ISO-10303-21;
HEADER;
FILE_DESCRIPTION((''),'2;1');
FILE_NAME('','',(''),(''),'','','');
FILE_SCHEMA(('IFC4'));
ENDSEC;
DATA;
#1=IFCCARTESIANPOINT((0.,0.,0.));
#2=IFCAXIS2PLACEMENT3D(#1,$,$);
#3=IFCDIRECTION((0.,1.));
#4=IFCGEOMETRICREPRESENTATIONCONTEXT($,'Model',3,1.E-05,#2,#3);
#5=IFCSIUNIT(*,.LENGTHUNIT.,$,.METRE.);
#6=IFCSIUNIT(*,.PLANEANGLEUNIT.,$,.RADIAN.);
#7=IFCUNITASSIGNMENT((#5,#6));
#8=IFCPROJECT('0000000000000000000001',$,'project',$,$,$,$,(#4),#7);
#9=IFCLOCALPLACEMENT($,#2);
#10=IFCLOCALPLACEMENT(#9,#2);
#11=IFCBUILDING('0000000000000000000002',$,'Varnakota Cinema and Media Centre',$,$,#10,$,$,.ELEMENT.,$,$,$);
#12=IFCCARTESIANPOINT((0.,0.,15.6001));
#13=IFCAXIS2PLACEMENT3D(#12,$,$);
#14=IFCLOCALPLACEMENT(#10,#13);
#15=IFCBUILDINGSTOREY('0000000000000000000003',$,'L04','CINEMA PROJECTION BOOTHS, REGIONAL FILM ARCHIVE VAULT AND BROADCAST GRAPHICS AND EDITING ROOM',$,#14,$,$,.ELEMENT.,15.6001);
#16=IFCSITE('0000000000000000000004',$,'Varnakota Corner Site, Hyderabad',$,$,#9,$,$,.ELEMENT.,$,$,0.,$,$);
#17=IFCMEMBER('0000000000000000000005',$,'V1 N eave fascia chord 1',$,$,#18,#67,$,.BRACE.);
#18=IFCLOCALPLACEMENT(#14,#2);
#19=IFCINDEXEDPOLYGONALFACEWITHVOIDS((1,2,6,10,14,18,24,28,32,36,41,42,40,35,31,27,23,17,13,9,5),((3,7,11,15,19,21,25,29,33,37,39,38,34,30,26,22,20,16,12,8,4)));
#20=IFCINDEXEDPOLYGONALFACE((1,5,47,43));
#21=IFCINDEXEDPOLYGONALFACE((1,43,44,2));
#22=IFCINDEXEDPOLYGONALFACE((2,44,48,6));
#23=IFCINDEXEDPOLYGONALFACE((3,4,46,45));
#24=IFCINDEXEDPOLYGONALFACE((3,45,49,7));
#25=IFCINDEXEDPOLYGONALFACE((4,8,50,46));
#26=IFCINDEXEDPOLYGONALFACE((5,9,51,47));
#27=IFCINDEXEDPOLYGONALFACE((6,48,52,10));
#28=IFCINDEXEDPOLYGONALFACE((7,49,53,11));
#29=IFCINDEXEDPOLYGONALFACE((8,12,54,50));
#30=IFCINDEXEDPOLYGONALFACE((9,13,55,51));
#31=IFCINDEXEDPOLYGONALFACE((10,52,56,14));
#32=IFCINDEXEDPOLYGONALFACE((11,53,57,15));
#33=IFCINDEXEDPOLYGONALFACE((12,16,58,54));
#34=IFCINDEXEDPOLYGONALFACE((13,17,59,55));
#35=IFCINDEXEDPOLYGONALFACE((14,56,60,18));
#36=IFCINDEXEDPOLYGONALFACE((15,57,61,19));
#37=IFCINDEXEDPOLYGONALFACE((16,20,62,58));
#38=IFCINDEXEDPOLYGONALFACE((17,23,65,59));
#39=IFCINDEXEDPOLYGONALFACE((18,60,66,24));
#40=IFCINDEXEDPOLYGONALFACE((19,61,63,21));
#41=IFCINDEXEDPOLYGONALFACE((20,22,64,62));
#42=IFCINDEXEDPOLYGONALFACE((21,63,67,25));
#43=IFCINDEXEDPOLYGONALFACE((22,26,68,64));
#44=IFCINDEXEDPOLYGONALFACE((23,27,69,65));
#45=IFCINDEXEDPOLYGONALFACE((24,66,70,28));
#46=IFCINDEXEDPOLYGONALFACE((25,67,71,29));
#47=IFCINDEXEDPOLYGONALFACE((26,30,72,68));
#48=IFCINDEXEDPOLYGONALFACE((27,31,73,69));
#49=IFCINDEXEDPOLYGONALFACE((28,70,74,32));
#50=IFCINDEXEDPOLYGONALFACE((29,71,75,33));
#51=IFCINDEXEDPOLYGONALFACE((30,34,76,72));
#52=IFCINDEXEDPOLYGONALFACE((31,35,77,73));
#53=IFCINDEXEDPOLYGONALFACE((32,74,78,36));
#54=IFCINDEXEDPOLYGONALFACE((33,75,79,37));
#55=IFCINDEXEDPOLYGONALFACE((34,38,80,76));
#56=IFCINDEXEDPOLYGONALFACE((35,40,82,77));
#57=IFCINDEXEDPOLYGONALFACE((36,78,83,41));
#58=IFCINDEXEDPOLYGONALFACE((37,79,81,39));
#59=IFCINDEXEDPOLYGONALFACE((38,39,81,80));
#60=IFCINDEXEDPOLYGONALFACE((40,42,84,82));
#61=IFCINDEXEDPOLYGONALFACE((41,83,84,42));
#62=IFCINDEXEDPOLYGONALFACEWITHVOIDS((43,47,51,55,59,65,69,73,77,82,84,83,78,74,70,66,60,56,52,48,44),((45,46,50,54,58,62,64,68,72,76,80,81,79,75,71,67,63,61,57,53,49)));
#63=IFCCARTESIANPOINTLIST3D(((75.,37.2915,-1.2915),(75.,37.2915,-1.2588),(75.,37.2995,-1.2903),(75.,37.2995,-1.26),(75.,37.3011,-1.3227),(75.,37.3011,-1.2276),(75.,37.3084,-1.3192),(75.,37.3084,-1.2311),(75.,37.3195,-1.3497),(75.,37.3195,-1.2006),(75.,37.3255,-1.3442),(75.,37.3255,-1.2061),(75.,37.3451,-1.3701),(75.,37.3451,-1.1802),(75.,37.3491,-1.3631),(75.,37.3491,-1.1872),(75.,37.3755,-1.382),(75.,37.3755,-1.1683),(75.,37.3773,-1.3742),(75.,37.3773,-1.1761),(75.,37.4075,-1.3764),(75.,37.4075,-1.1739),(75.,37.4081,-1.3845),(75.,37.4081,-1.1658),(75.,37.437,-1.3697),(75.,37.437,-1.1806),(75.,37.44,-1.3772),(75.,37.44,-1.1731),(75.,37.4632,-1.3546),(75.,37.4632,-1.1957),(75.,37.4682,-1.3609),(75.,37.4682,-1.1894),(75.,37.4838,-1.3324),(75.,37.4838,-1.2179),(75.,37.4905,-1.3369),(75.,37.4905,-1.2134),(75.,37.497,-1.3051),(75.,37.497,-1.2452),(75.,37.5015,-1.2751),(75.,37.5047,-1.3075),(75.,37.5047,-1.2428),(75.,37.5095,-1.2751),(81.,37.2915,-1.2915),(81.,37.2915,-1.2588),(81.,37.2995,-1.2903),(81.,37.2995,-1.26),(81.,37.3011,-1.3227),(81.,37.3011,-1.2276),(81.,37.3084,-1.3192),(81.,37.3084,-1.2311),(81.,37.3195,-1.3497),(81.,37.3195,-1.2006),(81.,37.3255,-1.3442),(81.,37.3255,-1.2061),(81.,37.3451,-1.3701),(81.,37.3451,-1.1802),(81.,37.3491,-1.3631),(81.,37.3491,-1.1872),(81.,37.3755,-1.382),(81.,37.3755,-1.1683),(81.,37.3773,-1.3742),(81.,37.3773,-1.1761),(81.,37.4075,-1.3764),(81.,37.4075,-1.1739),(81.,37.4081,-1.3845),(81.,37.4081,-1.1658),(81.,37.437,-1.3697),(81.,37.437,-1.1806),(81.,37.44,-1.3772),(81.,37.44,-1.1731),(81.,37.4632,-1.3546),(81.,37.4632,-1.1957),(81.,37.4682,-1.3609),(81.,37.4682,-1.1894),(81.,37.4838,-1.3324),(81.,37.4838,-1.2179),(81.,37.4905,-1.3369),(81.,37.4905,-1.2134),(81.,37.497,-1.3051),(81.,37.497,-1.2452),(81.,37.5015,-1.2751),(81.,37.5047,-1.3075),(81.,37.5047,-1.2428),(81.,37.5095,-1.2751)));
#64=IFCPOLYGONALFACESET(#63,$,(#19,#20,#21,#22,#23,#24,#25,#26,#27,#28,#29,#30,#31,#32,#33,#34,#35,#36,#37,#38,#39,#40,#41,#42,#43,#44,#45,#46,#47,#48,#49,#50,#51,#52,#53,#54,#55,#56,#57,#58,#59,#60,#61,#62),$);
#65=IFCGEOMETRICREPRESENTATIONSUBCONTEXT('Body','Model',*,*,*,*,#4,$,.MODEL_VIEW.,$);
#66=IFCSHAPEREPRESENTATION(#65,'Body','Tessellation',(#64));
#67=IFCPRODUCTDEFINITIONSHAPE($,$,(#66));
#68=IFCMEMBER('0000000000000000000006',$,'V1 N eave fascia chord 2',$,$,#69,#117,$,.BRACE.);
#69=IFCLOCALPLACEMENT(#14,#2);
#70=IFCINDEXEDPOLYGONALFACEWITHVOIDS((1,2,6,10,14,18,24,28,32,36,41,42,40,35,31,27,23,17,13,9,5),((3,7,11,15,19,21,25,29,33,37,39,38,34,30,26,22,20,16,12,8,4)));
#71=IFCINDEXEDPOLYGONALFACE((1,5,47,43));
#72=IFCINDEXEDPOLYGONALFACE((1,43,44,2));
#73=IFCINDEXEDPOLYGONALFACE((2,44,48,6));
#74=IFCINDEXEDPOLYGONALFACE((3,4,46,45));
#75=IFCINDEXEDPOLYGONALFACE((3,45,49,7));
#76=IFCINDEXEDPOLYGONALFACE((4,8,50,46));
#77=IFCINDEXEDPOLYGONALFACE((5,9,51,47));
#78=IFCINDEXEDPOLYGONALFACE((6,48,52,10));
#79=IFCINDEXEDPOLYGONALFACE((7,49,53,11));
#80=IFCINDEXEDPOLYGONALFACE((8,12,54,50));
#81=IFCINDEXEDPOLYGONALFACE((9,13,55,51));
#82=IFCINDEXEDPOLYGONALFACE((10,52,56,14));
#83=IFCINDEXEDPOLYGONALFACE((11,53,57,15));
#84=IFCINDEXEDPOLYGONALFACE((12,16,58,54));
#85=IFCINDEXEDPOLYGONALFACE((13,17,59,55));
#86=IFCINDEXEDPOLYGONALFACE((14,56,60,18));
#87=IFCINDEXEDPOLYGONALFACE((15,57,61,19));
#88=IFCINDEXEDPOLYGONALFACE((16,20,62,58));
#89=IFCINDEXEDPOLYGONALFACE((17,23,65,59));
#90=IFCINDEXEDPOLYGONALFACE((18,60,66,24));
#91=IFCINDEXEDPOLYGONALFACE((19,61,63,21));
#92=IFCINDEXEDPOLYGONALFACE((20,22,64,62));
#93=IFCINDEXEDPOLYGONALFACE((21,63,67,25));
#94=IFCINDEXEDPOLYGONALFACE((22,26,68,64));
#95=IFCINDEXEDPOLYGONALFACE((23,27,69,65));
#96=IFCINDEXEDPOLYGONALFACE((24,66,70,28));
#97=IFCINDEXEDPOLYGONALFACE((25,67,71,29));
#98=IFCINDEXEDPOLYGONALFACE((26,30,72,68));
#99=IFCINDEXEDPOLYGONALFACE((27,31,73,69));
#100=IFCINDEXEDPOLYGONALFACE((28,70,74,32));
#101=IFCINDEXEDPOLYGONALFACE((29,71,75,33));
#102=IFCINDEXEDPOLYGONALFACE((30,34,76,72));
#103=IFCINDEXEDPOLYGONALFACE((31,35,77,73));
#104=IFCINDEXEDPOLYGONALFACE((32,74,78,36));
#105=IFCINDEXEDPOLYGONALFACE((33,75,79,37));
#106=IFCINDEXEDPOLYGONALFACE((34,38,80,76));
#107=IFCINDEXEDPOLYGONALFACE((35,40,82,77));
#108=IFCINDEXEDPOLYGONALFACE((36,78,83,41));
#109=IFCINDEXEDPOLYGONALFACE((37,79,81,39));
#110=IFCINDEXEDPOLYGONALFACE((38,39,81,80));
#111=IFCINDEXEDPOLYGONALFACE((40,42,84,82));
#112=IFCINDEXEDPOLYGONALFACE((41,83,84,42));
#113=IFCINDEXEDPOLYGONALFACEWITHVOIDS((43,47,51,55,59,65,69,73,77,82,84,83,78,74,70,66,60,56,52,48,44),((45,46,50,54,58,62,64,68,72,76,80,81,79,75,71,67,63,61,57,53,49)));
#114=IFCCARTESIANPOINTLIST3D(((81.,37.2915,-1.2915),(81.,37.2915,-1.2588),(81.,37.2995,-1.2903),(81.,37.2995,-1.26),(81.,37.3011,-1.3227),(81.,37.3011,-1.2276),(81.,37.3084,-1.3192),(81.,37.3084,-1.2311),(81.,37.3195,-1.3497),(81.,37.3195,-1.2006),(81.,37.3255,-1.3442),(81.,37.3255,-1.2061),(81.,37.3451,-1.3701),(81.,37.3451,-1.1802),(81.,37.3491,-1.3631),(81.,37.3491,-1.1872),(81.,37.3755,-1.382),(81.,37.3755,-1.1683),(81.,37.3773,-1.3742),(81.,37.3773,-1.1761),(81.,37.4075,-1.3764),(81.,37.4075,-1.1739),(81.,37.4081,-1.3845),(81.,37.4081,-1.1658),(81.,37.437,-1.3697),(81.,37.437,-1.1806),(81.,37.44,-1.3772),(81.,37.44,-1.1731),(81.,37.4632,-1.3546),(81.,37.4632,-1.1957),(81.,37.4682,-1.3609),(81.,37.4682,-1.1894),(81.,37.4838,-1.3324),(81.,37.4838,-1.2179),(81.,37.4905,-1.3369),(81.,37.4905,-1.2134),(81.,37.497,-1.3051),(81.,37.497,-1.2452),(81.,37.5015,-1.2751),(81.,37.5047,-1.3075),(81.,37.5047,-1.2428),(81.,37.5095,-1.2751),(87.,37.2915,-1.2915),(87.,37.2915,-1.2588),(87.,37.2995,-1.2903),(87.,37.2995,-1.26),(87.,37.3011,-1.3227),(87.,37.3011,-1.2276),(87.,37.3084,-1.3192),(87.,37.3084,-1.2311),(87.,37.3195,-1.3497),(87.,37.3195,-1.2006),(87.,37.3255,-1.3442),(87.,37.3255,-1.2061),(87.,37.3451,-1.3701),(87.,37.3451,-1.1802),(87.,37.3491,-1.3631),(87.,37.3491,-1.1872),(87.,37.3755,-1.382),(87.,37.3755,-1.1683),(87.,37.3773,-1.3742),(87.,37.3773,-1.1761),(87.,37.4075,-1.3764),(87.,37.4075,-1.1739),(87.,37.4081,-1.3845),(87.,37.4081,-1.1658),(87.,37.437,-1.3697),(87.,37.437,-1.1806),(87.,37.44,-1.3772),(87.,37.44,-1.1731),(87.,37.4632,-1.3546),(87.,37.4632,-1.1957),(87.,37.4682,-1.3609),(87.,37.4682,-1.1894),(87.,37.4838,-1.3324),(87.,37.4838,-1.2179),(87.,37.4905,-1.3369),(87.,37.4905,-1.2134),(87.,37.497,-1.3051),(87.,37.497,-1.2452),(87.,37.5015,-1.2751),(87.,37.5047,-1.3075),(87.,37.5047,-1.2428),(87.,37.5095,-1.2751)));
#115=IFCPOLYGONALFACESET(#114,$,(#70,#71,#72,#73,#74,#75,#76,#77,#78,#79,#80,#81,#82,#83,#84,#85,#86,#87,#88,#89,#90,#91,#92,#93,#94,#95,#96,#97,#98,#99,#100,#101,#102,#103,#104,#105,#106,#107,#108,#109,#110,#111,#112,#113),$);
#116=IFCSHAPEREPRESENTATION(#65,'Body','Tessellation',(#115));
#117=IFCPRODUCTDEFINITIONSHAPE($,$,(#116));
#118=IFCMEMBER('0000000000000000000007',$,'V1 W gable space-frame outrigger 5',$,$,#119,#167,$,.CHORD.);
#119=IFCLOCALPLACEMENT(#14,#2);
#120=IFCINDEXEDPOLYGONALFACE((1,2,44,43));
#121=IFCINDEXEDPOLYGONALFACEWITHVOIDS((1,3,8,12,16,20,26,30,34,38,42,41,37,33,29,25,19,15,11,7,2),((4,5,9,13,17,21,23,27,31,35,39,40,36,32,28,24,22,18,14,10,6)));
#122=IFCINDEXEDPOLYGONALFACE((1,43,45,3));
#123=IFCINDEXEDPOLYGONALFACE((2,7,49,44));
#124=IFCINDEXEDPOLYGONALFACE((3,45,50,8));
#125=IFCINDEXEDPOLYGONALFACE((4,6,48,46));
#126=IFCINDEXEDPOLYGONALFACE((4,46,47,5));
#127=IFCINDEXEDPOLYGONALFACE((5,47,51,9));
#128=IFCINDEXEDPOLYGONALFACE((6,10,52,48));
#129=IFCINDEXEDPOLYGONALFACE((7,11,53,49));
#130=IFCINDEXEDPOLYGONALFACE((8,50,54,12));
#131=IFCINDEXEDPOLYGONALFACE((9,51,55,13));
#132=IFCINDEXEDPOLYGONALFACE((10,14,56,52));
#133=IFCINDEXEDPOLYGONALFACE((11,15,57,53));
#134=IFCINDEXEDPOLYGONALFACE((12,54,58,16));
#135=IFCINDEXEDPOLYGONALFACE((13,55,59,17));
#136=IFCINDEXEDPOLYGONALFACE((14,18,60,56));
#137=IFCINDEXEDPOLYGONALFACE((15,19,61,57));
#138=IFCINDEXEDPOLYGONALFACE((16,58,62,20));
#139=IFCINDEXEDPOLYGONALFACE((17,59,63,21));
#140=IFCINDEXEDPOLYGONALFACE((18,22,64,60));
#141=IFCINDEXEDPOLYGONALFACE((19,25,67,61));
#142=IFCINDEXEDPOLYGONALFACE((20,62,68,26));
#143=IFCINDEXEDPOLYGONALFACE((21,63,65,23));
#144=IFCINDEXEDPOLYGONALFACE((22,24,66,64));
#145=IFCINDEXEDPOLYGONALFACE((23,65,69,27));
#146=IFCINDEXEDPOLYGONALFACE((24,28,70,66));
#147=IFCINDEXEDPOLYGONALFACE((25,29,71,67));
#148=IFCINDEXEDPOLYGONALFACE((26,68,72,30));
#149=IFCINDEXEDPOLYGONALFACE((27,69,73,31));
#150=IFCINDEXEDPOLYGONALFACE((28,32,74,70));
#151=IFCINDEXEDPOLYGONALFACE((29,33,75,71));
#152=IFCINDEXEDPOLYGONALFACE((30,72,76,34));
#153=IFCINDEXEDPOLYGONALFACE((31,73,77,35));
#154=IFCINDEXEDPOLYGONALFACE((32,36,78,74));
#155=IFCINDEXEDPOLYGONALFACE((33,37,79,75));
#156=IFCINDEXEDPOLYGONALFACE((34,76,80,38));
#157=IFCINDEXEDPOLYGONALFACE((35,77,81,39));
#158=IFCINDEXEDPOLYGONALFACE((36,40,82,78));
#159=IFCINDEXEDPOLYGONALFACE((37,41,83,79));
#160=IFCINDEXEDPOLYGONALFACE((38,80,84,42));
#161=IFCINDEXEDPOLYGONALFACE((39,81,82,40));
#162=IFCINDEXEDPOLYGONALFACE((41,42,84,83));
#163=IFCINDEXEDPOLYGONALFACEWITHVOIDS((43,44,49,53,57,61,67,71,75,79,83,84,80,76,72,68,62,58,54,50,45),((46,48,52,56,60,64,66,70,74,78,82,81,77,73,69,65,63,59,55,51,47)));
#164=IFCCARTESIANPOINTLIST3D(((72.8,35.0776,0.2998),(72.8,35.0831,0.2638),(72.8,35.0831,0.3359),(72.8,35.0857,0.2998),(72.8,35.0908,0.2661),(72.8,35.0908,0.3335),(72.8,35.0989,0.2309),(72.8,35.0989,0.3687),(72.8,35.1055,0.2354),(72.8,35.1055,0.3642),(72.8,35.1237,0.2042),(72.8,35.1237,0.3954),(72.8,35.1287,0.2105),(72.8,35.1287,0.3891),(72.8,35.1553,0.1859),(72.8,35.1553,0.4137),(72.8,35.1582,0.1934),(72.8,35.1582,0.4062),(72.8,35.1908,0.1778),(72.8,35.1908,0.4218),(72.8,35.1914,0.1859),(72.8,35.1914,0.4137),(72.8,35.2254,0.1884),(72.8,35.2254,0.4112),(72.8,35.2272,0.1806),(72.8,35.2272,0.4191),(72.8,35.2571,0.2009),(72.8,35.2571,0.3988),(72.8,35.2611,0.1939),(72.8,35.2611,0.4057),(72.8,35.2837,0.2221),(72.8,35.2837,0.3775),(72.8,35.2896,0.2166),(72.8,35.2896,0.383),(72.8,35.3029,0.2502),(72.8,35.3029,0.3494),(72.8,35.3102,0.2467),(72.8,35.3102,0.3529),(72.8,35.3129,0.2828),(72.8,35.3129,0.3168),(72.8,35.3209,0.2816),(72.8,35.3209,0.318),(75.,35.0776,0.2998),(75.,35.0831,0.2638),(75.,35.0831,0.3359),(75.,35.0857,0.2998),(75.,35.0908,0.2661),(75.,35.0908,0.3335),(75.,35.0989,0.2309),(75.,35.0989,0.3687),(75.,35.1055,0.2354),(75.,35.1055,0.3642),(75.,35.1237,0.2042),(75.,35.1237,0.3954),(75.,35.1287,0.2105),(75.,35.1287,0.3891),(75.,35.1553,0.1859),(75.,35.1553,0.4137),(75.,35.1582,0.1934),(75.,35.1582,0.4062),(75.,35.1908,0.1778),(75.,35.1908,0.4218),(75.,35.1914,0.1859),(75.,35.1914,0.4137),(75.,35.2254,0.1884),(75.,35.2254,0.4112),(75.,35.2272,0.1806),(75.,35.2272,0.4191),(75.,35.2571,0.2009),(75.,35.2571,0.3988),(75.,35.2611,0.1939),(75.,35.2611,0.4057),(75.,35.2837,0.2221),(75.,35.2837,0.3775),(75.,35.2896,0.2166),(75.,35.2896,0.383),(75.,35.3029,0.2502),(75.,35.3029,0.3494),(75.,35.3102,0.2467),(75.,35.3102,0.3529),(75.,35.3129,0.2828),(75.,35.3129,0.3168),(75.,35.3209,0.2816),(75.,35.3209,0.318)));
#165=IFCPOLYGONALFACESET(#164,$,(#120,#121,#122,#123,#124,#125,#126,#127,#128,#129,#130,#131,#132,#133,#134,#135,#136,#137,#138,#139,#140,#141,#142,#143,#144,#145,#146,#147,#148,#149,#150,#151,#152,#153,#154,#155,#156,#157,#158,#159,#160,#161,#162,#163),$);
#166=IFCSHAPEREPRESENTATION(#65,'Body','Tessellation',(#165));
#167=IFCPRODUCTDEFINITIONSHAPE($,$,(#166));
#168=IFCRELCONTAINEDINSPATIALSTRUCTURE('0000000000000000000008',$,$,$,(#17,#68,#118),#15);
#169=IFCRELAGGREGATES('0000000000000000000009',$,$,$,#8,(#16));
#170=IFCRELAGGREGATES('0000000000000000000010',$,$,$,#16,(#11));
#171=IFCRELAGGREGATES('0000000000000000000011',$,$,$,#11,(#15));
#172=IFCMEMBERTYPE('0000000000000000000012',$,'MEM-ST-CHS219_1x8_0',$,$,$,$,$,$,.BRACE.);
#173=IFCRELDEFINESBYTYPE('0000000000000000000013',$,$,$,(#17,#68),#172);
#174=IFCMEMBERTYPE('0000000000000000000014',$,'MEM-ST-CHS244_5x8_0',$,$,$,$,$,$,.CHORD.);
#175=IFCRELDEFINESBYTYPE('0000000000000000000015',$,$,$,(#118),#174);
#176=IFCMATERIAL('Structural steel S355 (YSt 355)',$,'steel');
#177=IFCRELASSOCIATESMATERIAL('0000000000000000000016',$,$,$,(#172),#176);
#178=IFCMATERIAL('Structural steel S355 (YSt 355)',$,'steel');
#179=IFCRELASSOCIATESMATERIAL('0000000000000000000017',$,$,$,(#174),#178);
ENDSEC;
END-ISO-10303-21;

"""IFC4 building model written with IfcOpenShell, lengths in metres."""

from ifc_helpers import new_model, si_unit, direction, frame, origin, origin_2d, place, context, subcontext, project, spatial, hollow_circle, extrude, material, material_profile, profile_set, type_object, element, save


model = new_model("IFC4")

# Units and contexts
model_context = context("Model", 3, precision=1e-05, world=origin(), true_north=direction((0.0, 1.0)))
body_context = subcontext(model_context, "Body", "Model", "MODEL_VIEW")
ifc_project = project(units=[si_unit("LENGTHUNIT", "METRE"), si_unit("PLANEANGLEUNIT", "RADIAN")], contexts=[model_context])

# Site, building, storey
site_placement = place(None, origin())
site = spatial("IfcSite", under=ifc_project, at=site_placement, Name="Varnakota Corner Site, Hyderabad", CompositionType="ELEMENT", RefElevation=0.0)
building_placement = place(site_placement, origin())
building = spatial("IfcBuilding", under=site, at=building_placement, Name="Varnakota Cinema and Media Centre", CompositionType="ELEMENT")
storey_placement = place(building_placement, frame((0.0, 0.0, 15.6001)))
storey = spatial("IfcBuildingStorey", under=building, at=storey_placement, Name="L04", Description="CINEMA PROJECTION BOOTHS, REGIONAL FILM ARCHIVE VAULT AND BROADCAST GRAPHICS AND EDITING ROOM", CompositionType="ELEMENT", Elevation=15.6001)

# Members
ifc_material_1 = material(Name="Structural steel S355 (YSt 355)", Category="steel")
ifc_material_profile_1 = material_profile(ifc_material_1, hollow_circle(Radius=0.1096, WallThickness=0.0081, at=origin_2d()), Name="CHS 219.1x8.0")
ifc_profile_set_1 = profile_set([ifc_material_profile_1], Name="Structural steel S355 (YSt 355)")
member_type_1 = type_object("IfcMemberType", Name="MEM-ST-CHS219_1x8_0", PredefinedType="BRACE", material=ifc_profile_set_1)
for number, where, z_axis, x_axis, name in (
    (1, (75.0, 37.3999, -1.2751), (1.0, 0.0, 0.0), (0.0, 1.0, 0.0), "V1 N eave fascia chord 1"),
    (2, (81.0, 37.3999, -1.2751), (1.0, 0.0, 0.0), (0.0, 1.0, 0.0), "V1 N eave fascia chord 2"),
):
    element("IfcMember", number, at=place(storey_placement, frame(where, z_axis=z_axis, x_axis=x_axis)), inside=storey, type_object=member_type_1, Name=name, PredefinedType="BRACE", context=body_context, shape_type="SweptSolid", body=[
        extrude(hollow_circle(Radius=0.1096, WallThickness=0.0081, at=origin_2d()), origin(), (0.0, 0.0, 1.0), 6.0),
    ])
ifc_material_2 = material(Name="Structural steel S355 (YSt 355)", Category="steel")
ifc_material_profile_2 = material_profile(ifc_material_2, hollow_circle(Radius=0.1223, WallThickness=0.0081, at=origin_2d()), Name="CHS 244.5x8.0")
ifc_profile_set_2 = profile_set([ifc_material_profile_2], Name="Structural steel S355 (YSt 355)")
member_type_2 = type_object("IfcMemberType", Name="MEM-ST-CHS244_5x8_0", PredefinedType="CHORD", material=ifc_profile_set_2)
member_1_placement = place(storey_placement, frame((75.0, 35.2, 0.2998), z_axis=(-1.0, 0.0, 0.0), x_axis=(0.0, -1.0, 0.0)))
element("IfcMember", 3, at=member_1_placement, inside=storey, type_object=member_type_2, Name="V1 W gable space-frame outrigger 5", PredefinedType="CHORD", context=body_context, shape_type="SweptSolid", body=[
    extrude(hollow_circle(Radius=0.1223, WallThickness=0.0081, at=origin_2d()), origin(), (0.0, 0.0, 1.0), 2.2),
])

save(model, "model.ifc")
